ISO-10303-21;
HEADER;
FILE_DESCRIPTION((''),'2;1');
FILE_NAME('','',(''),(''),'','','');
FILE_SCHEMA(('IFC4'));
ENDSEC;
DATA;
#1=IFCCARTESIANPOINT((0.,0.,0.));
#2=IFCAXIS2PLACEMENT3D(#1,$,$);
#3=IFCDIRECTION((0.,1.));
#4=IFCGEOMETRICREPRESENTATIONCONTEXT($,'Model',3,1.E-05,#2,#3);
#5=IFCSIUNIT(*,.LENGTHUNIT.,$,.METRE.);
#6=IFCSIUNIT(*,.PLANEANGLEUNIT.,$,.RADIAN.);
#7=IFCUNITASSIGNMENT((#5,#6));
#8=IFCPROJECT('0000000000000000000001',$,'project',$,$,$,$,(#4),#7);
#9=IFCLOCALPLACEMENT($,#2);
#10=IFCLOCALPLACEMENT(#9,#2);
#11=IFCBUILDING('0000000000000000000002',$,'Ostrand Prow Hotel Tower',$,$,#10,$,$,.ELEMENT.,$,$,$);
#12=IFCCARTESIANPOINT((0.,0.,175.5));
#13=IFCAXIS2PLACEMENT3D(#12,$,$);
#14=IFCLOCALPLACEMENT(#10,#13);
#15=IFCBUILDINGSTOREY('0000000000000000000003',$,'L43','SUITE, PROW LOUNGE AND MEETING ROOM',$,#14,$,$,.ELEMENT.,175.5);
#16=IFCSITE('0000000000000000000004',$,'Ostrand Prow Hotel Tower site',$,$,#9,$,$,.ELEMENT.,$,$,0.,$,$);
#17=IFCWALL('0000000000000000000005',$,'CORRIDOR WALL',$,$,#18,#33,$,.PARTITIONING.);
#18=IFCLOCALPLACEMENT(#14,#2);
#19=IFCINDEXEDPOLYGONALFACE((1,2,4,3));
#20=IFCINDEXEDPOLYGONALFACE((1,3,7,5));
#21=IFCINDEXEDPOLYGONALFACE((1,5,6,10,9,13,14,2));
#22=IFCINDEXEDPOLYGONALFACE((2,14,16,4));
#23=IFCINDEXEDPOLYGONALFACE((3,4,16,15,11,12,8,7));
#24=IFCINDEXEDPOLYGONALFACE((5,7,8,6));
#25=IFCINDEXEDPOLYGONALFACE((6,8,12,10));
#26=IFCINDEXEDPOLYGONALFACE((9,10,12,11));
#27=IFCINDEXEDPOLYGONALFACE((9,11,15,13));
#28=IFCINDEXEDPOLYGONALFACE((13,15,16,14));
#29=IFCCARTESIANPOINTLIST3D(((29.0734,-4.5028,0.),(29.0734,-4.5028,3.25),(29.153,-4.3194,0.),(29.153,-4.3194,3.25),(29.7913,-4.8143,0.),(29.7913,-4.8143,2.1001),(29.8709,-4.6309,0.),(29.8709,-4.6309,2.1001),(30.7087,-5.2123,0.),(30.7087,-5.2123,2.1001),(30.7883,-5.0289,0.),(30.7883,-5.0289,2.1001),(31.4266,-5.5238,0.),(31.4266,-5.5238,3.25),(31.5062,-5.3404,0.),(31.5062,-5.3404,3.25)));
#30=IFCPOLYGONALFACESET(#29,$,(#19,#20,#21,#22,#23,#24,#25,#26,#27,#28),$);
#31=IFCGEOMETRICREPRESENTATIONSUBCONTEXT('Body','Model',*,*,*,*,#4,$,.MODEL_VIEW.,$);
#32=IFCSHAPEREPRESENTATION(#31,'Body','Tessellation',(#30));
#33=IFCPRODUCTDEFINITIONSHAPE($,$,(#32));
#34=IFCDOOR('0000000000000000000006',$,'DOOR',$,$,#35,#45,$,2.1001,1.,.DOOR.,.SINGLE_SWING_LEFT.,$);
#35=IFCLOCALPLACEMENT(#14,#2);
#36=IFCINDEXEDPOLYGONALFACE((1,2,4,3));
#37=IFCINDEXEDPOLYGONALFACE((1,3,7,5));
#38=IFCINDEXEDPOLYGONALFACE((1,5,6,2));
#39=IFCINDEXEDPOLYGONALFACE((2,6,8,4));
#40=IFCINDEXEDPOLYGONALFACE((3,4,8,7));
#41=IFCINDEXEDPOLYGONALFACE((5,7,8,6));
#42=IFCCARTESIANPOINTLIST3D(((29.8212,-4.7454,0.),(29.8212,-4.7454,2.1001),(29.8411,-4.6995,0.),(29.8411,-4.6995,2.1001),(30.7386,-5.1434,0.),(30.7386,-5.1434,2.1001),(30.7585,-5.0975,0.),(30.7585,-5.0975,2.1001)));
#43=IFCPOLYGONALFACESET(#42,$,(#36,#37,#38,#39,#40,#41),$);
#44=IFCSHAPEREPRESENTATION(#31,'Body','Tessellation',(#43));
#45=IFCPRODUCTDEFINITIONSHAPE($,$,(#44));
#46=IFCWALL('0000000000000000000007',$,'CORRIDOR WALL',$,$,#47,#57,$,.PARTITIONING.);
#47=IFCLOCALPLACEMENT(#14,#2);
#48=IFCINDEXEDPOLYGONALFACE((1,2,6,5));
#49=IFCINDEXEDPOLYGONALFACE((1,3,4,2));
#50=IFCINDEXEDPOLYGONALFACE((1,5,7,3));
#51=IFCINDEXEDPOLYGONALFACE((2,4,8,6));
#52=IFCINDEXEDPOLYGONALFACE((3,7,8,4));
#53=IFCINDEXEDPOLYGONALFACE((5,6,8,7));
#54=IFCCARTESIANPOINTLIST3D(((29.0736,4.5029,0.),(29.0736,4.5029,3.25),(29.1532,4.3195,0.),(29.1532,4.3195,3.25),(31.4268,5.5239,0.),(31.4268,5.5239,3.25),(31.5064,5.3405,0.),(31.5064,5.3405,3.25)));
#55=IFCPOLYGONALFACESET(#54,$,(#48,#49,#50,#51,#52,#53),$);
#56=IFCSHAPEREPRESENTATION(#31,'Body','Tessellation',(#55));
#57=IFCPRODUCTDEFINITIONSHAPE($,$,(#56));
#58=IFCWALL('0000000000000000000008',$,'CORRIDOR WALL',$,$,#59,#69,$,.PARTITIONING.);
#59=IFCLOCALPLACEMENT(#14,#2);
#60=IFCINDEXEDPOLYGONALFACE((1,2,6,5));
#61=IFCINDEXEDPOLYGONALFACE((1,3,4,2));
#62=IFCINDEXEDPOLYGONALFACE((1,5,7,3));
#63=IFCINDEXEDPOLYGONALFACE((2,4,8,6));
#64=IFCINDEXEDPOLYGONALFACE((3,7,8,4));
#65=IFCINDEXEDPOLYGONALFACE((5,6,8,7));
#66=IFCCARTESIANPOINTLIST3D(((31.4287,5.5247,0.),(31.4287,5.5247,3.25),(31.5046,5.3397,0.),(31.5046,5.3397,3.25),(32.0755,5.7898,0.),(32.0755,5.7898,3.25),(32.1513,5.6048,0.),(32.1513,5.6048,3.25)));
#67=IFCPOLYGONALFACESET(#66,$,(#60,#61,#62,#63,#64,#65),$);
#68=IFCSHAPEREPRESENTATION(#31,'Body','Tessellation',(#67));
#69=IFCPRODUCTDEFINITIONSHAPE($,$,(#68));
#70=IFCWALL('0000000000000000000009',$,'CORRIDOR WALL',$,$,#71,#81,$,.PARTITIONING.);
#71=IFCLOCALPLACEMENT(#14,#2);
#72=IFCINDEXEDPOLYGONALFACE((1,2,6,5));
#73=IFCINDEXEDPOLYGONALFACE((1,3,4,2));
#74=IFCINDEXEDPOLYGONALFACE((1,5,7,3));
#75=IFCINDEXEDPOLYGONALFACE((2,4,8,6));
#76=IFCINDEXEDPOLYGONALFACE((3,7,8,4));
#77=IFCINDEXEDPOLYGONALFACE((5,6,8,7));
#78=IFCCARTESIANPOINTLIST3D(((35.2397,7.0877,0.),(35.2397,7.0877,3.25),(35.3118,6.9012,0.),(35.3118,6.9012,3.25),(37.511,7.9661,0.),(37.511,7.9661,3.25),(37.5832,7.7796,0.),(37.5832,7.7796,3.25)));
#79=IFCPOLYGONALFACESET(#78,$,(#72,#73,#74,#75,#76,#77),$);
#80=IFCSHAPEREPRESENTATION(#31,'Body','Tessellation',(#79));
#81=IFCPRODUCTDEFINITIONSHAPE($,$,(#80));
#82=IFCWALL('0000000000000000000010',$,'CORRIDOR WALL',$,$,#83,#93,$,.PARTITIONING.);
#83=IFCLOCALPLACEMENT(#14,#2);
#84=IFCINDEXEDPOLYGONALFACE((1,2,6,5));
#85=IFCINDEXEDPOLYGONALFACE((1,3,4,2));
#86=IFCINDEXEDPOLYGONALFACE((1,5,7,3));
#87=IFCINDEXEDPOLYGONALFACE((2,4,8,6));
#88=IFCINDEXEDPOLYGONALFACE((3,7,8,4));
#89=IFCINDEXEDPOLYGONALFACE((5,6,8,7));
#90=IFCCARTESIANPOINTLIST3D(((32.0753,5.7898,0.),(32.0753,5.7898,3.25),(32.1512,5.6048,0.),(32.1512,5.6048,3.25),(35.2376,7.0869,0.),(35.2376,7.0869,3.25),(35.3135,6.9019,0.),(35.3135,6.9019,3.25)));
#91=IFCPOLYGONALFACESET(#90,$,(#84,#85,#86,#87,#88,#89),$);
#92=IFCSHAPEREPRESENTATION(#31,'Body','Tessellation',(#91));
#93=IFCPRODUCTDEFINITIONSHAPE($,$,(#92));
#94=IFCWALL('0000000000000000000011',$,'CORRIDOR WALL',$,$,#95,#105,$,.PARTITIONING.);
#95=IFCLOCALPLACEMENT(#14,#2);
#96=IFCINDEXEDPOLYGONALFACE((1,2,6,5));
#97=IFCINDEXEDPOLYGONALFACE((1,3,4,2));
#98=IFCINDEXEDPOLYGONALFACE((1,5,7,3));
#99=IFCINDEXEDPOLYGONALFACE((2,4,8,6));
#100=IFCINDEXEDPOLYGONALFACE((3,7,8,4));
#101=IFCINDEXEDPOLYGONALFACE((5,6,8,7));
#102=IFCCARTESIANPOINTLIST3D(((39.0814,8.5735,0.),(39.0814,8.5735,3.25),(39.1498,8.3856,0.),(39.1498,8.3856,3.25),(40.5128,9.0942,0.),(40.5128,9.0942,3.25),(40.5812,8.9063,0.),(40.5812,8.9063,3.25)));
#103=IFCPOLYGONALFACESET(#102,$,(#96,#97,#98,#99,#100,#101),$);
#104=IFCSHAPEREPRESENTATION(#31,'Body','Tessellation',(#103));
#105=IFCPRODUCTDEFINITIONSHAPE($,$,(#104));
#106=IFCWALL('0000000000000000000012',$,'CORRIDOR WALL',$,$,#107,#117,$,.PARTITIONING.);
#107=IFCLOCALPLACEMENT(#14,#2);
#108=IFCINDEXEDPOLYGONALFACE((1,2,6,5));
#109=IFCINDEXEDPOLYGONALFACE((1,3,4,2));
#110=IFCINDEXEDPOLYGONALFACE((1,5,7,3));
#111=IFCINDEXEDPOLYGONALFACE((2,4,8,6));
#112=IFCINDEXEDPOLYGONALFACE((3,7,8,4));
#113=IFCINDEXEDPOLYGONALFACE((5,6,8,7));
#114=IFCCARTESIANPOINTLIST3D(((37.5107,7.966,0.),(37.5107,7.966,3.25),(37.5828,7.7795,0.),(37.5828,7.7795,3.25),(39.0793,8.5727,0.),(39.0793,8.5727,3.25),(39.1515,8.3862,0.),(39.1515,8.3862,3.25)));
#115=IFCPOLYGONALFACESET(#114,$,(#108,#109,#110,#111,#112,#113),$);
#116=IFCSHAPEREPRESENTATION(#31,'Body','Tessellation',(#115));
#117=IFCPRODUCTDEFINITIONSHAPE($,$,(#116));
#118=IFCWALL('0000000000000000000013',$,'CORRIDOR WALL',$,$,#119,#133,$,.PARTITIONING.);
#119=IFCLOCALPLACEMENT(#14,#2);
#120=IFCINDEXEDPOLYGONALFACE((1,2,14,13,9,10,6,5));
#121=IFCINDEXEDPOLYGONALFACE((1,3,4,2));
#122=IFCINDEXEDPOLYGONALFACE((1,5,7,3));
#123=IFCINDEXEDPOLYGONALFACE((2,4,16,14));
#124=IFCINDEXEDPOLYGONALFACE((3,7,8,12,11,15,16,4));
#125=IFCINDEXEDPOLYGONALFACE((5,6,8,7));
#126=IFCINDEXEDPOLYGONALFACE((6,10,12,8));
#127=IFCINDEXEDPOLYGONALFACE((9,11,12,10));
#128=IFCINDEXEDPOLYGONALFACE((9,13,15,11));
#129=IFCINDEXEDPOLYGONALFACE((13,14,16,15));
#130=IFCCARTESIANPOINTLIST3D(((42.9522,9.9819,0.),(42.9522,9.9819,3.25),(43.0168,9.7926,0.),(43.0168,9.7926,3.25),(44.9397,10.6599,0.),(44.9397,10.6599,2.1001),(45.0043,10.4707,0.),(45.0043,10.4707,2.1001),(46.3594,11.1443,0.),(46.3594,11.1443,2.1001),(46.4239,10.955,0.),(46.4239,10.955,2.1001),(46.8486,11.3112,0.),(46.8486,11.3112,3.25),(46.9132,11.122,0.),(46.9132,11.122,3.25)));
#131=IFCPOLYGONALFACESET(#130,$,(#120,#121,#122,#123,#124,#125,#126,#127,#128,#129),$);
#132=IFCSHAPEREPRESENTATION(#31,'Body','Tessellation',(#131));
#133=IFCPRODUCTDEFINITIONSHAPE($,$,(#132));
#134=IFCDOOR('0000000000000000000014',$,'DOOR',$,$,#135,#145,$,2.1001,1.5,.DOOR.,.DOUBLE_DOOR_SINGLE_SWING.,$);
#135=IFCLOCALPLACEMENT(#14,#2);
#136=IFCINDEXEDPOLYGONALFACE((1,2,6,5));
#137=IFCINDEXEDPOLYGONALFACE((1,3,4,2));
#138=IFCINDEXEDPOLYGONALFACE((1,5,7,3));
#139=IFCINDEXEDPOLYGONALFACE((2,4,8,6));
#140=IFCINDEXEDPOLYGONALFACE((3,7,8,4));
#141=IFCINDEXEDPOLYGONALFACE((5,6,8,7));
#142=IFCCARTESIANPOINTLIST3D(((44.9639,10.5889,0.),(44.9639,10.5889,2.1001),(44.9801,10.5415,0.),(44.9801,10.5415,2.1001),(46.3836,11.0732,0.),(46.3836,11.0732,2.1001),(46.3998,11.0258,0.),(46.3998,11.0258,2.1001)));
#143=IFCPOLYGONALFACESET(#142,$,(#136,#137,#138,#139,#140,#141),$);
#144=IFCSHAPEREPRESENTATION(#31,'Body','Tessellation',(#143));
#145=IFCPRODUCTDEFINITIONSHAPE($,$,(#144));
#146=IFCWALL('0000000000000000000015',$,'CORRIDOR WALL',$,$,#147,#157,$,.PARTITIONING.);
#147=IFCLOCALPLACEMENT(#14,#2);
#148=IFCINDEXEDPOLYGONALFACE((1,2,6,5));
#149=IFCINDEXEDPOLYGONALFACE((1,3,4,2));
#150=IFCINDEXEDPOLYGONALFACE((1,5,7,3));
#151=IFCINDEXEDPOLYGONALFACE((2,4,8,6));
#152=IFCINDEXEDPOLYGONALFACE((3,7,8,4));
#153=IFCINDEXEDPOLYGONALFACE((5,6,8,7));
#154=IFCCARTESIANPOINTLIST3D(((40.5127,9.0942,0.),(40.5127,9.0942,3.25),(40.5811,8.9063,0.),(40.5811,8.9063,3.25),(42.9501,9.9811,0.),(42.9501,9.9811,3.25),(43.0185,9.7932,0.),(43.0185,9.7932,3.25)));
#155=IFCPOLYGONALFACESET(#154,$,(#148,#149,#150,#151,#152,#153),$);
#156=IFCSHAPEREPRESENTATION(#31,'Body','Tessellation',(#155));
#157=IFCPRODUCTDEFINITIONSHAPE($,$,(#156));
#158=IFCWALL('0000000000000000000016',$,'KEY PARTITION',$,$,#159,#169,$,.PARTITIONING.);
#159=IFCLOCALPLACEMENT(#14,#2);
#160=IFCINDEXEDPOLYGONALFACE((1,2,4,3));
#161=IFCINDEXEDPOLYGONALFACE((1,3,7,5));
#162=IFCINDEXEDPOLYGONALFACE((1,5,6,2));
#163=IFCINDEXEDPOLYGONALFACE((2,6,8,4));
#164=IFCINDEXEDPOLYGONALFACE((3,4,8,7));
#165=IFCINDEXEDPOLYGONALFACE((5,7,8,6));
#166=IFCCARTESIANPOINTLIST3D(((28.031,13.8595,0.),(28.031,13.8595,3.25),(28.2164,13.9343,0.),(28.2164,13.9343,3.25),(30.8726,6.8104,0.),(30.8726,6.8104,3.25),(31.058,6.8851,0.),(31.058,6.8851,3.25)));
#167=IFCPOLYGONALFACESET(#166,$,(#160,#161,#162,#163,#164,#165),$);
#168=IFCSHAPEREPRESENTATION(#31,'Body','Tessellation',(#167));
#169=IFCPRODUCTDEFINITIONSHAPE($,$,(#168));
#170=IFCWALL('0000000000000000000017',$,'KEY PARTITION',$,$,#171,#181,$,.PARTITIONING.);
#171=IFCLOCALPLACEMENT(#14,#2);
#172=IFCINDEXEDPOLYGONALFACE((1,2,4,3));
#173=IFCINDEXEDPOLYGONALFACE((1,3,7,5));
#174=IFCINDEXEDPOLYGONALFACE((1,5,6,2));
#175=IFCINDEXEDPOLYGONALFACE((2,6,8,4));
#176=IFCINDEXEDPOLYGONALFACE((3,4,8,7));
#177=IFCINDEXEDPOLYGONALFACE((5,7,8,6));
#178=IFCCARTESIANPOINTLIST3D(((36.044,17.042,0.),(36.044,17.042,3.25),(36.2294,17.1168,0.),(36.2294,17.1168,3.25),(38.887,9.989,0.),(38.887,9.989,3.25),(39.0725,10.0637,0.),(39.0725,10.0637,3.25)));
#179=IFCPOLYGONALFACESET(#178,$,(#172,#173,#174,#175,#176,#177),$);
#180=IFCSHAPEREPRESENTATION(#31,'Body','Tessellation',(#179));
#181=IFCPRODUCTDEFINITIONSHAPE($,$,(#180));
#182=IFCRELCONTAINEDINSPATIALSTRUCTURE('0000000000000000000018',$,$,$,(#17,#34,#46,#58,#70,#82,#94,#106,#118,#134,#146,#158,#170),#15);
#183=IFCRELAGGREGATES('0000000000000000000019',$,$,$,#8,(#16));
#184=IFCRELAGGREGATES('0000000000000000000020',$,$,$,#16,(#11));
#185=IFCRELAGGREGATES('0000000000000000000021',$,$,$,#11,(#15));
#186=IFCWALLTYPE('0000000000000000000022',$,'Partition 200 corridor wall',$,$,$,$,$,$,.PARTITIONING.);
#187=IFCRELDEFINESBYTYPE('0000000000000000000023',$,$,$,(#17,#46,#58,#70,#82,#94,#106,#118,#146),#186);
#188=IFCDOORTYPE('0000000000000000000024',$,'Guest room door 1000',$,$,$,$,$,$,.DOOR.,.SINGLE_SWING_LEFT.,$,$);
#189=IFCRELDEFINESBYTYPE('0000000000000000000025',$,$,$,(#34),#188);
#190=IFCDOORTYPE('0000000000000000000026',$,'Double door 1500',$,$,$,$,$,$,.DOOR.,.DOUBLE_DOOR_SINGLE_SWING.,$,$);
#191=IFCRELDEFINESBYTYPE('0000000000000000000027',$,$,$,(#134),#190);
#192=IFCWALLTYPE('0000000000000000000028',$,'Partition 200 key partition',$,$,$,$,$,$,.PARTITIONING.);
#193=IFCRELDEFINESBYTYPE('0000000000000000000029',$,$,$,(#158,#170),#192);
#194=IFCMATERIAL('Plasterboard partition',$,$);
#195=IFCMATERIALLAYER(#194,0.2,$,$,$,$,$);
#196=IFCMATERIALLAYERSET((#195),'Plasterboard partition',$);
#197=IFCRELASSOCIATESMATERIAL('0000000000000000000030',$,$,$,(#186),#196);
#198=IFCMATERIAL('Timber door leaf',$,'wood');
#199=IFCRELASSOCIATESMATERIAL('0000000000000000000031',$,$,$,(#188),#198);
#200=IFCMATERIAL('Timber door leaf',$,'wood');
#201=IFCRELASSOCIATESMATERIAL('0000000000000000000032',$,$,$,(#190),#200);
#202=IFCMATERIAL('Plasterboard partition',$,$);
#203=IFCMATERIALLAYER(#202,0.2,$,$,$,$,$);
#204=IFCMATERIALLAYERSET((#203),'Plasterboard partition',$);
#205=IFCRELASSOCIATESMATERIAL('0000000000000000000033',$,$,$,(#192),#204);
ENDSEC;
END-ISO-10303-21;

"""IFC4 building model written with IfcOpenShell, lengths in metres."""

from ifc_helpers import new_model, si_unit, direction, frame, frame_2d, origin, place, context, subcontext, project, spatial, rectangle, extrude, material, layer, layer_set, type_object, element, fill, save


model = new_model("IFC4")

# Units and contexts
model_context = context("Model", 3, precision=1e-05, world=origin(), true_north=direction((0.0, 1.0)))
body_context = subcontext(model_context, "Body", "Model", "MODEL_VIEW")
ifc_project = project(units=[si_unit("LENGTHUNIT", "METRE"), si_unit("PLANEANGLEUNIT", "RADIAN")], contexts=[model_context])

# Site, building, storey
site_placement = place(None, origin())
site = spatial("IfcSite", under=ifc_project, at=site_placement, Name="Ostrand Prow Hotel Tower site", CompositionType="ELEMENT", RefElevation=0.0)
building_placement = place(site_placement, origin())
building = spatial("IfcBuilding", under=site, at=building_placement, Name="Ostrand Prow Hotel Tower", CompositionType="ELEMENT")
storey_placement = place(building_placement, frame((0.0, 0.0, 175.5)))
storey = spatial("IfcBuildingStorey", under=building, at=storey_placement, Name="L43", Description="SUITE, PROW LOUNGE AND MEETING ROOM", CompositionType="ELEMENT", Elevation=175.5)

# Shared definitions
ifc_material_1 = material(Name="Plasterboard partition")
ifc_layer_1 = layer(ifc_material_1, 0.2)
ifc_layer_set_1 = layer_set([ifc_layer_1], Name="Plasterboard partition")
wall_type_1 = type_object("IfcWallType", Name="Partition 200 corridor wall", PredefinedType="PARTITIONING", material=ifc_layer_set_1)

# Wall, opening, door
wall_1_placement = place(storey_placement, frame((31.4666, -5.4321, 0.0), z_axis=(0.0, 0.0, 1.0), x_axis=(-0.917378, 0.398016, 0.0)))
wall_1 = element("IfcWall", 1, at=wall_1_placement, inside=storey, type_object=wall_type_1, Name="CORRIDOR WALL", PredefinedType="PARTITIONING", context=body_context, shape_type="SweptSolid", body=[
    extrude(rectangle(XDim=2.5652, YDim=0.2, at=frame_2d((1.2827, 0.0))), origin(), (0.0, 0.0, 1.0), 3.25),
])
opening_1_placement = place(wall_1_placement, frame((0.7827, 0.0, 0.0)))
opening_1 = element("IfcOpeningElement", 2, at=opening_1_placement, cuts=wall_1, PredefinedType="OPENING", context=body_context, shape_type="SweptSolid", body=[
    extrude(rectangle(XDim=1.0, YDim=2.1001, at=frame_2d((0.5, 1.05))), frame((0.0, 0.1099, 0.0), z_axis=(0.0, -1.0, 0.0), x_axis=(1.0, 0.0, 0.0)), (0.0, 0.0, 1.0), 0.22),
])
ifc_material_2 = material(Name="Timber door leaf", Category="wood")
door_type_1 = type_object("IfcDoorType", Name="Guest room door 1000", OperationType="SINGLE_SWING_LEFT", PredefinedType="DOOR", material=ifc_material_2)
door_1_placement = place(opening_1_placement, origin())
door_1 = element("IfcDoor", 3, at=door_1_placement, inside=storey, type_object=door_type_1, Name="DOOR", OperationType="SINGLE_SWING_LEFT", OverallHeight=2.1001, OverallWidth=1.0, PredefinedType="DOOR", context=body_context, shape_type="SweptSolid", body=[
    extrude(rectangle(XDim=1.0, YDim=2.1001, at=frame_2d((0.5, 1.05))), frame((0.0, 0.0249, 0.0), z_axis=(0.0, -1.0, 0.0), x_axis=(1.0, 0.0, 0.0)), (0.0, 0.0, 1.0), 0.05),
])
fill(opening_1, door_1)

# Walls
wall_2_placement = place(storey_placement, frame((29.1133, 4.4111, 0.0), z_axis=(0.0, 0.0, 1.0), x_axis=(0.917378, 0.398016, 0.0)))
element("IfcWall", 4, at=wall_2_placement, inside=storey, type_object=wall_type_1, Name="CORRIDOR WALL", PredefinedType="PARTITIONING", context=body_context, shape_type="SweptSolid", body=[
    extrude(rectangle(XDim=2.5652, YDim=0.2, at=frame_2d((1.2827, 0.0))), origin(), (0.0, 0.0, 1.0), 3.25),
])
wall_3_placement = place(storey_placement, frame((31.4666, 5.4321, 0.0), z_axis=(0.0, 0.0, 1.0), x_axis=(0.925263, 0.379326, 0.0)))
element("IfcWall", 5, at=wall_3_placement, inside=storey, type_object=wall_type_1, Name="CORRIDOR WALL", PredefinedType="PARTITIONING", context=body_context, shape_type="SweptSolid", body=[
    extrude(rectangle(XDim=0.699, YDim=0.2, at=frame_2d((0.3496, 0.0))), origin(), (0.0, 0.0, 1.0), 3.25),
])
wall_4_placement = place(storey_placement, frame((35.2756, 6.9944, 0.0), z_axis=(0.0, 0.0, 1.0), x_axis=(0.932675, 0.360718, 0.0)))
element("IfcWall", 6, at=wall_4_placement, inside=storey, type_object=wall_type_1, Name="CORRIDOR WALL", PredefinedType="PARTITIONING", context=body_context, shape_type="SweptSolid", body=[
    extrude(rectangle(XDim=2.4353, YDim=0.2, at=frame_2d((1.2178, 0.0))), origin(), (0.0, 0.0, 1.0), 3.25),
])
wall_5_placement = place(storey_placement, frame((32.1133, 5.6973, 0.0), z_axis=(0.0, 0.0, 1.0), x_axis=(0.925195, 0.379492, 0.0)))
element("IfcWall", 7, at=wall_5_placement, inside=storey, type_object=wall_type_1, Name="CORRIDOR WALL", PredefinedType="PARTITIONING", context=body_context, shape_type="SweptSolid", body=[
    extrude(rectangle(XDim=3.418, YDim=0.2, at=frame_2d((1.709, 0.0))), origin(), (0.0, 0.0, 1.0), 3.25),
])
wall_6_placement = place(storey_placement, frame((39.1155, 8.4795, 0.0), z_axis=(0.0, 0.0, 1.0), x_axis=(0.939742, 0.341885, 0.0)))
element("IfcWall", 8, at=wall_6_placement, inside=storey, type_object=wall_type_1, Name="CORRIDOR WALL", PredefinedType="PARTITIONING", context=body_context, shape_type="SweptSolid", body=[
    extrude(rectangle(XDim=1.5232, YDim=0.2, at=frame_2d((0.7617, 0.0))), origin(), (0.0, 0.0, 1.0), 3.25),
])
wall_7_placement = place(storey_placement, frame((37.5469, 7.8728, 0.0), z_axis=(0.0, 0.0, 1.0), x_axis=(0.932671, 0.360729, 0.0)))
element("IfcWall", 9, at=wall_7_placement, inside=storey, type_object=wall_type_1, Name="CORRIDOR WALL", PredefinedType="PARTITIONING", context=body_context, shape_type="SweptSolid", body=[
    extrude(rectangle(XDim=1.6819, YDim=0.2, at=frame_2d((0.8408, 0.0))), origin(), (0.0, 0.0, 1.0), 3.25),
])

# Wall, opening, door
wall_8_placement = place(storey_placement, frame((42.9844, 9.8872, 0.0), z_axis=(0.0, 0.0, 1.0), x_axis=(0.946436, 0.322891, 0.0)))
wall_8 = element("IfcWall", 10, at=wall_8_placement, inside=storey, type_object=wall_type_1, Name="CORRIDOR WALL", PredefinedType="PARTITIONING", context=body_context, shape_type="SweptSolid", body=[
    extrude(rectangle(XDim=4.1169, YDim=0.2, at=frame_2d((2.0586, 0.0))), origin(), (0.0, 0.0, 1.0), 3.25),
])
opening_2_placement = place(wall_8_placement, frame((2.1001, 0.0, 0.0)))
opening_2 = element("IfcOpeningElement", 11, at=opening_2_placement, cuts=wall_8, PredefinedType="OPENING", context=body_context, shape_type="SweptSolid", body=[
    extrude(rectangle(XDim=1.5, YDim=2.1001, at=frame_2d((0.75, 1.05))), frame((0.0, 0.1099, 0.0), z_axis=(0.0, -1.0, 0.0), x_axis=(1.0, 0.0, 0.0)), (0.0, 0.0, 1.0), 0.22),
])
ifc_material_3 = material(Name="Timber door leaf", Category="wood")
door_type_2 = type_object("IfcDoorType", Name="Double door 1500", OperationType="DOUBLE_DOOR_SINGLE_SWING", PredefinedType="DOOR", material=ifc_material_3)
door_2_placement = place(opening_2_placement, origin())
door_2 = element("IfcDoor", 12, at=door_2_placement, inside=storey, type_object=door_type_2, Name="DOOR", OperationType="DOUBLE_DOOR_SINGLE_SWING", OverallHeight=2.1001, OverallWidth=1.5, PredefinedType="DOOR", context=body_context, shape_type="SweptSolid", body=[
    extrude(rectangle(XDim=1.5, YDim=2.1001, at=frame_2d((0.75, 1.05))), frame((0.0, 0.0249, 0.0), z_axis=(0.0, -1.0, 0.0), x_axis=(1.0, 0.0, 0.0)), (0.0, 0.0, 1.0), 0.05),
])
fill(opening_2, door_2)

# Walls
wall_9_placement = place(storey_placement, frame((40.5469, 9.0002, 0.0), z_axis=(0.0, 0.0, 1.0), x_axis=(0.939719, 0.341947, 0.0)))
element("IfcWall", 13, at=wall_9_placement, inside=storey, type_object=wall_type_1, Name="CORRIDOR WALL", PredefinedType="PARTITIONING", context=body_context, shape_type="SweptSolid", body=[
    extrude(rectangle(XDim=2.5938, YDim=0.2, at=frame_2d((1.2969, 0.0))), origin(), (0.0, 0.0, 1.0), 3.25),
])
ifc_material_4 = material(Name="Plasterboard partition")
ifc_layer_2 = layer(ifc_material_4, 0.2)
ifc_layer_set_2 = layer_set([ifc_layer_2], Name="Plasterboard partition")
wall_type_2 = type_object("IfcWallType", Name="Partition 200 key partition", PredefinedType="PARTITIONING", material=ifc_layer_set_2)
wall_10_placement = place(storey_placement, frame((30.9653, 6.8477, 0.0), z_axis=(0.0, 0.0, 1.0), x_axis=(-0.373876, 0.927479, 0.0)))
element("IfcWall", 14, at=wall_10_placement, inside=storey, type_object=wall_type_2, Name="KEY PARTITION", PredefinedType="PARTITIONING", context=body_context, shape_type="SweptSolid", body=[
    extrude(rectangle(XDim=7.6003, YDim=0.2, at=frame_2d((3.8003, 0.0))), origin(), (0.0, 0.0, 1.0), 3.25),
])
wall_11_placement = place(storey_placement, frame((38.9797, 10.0264, 0.0), z_axis=(0.0, 0.0, 1.0), x_axis=(-0.373864, 0.927484, 0.0)))
element("IfcWall", 15, at=wall_11_placement, inside=storey, type_object=wall_type_2, Name="KEY PARTITION", PredefinedType="PARTITIONING", context=body_context, shape_type="SweptSolid", body=[
    extrude(rectangle(XDim=7.6045, YDim=0.2, at=frame_2d((3.8022, 0.0))), origin(), (0.0, 0.0, 1.0), 3.25),
])

save(model, "model.ifc")
